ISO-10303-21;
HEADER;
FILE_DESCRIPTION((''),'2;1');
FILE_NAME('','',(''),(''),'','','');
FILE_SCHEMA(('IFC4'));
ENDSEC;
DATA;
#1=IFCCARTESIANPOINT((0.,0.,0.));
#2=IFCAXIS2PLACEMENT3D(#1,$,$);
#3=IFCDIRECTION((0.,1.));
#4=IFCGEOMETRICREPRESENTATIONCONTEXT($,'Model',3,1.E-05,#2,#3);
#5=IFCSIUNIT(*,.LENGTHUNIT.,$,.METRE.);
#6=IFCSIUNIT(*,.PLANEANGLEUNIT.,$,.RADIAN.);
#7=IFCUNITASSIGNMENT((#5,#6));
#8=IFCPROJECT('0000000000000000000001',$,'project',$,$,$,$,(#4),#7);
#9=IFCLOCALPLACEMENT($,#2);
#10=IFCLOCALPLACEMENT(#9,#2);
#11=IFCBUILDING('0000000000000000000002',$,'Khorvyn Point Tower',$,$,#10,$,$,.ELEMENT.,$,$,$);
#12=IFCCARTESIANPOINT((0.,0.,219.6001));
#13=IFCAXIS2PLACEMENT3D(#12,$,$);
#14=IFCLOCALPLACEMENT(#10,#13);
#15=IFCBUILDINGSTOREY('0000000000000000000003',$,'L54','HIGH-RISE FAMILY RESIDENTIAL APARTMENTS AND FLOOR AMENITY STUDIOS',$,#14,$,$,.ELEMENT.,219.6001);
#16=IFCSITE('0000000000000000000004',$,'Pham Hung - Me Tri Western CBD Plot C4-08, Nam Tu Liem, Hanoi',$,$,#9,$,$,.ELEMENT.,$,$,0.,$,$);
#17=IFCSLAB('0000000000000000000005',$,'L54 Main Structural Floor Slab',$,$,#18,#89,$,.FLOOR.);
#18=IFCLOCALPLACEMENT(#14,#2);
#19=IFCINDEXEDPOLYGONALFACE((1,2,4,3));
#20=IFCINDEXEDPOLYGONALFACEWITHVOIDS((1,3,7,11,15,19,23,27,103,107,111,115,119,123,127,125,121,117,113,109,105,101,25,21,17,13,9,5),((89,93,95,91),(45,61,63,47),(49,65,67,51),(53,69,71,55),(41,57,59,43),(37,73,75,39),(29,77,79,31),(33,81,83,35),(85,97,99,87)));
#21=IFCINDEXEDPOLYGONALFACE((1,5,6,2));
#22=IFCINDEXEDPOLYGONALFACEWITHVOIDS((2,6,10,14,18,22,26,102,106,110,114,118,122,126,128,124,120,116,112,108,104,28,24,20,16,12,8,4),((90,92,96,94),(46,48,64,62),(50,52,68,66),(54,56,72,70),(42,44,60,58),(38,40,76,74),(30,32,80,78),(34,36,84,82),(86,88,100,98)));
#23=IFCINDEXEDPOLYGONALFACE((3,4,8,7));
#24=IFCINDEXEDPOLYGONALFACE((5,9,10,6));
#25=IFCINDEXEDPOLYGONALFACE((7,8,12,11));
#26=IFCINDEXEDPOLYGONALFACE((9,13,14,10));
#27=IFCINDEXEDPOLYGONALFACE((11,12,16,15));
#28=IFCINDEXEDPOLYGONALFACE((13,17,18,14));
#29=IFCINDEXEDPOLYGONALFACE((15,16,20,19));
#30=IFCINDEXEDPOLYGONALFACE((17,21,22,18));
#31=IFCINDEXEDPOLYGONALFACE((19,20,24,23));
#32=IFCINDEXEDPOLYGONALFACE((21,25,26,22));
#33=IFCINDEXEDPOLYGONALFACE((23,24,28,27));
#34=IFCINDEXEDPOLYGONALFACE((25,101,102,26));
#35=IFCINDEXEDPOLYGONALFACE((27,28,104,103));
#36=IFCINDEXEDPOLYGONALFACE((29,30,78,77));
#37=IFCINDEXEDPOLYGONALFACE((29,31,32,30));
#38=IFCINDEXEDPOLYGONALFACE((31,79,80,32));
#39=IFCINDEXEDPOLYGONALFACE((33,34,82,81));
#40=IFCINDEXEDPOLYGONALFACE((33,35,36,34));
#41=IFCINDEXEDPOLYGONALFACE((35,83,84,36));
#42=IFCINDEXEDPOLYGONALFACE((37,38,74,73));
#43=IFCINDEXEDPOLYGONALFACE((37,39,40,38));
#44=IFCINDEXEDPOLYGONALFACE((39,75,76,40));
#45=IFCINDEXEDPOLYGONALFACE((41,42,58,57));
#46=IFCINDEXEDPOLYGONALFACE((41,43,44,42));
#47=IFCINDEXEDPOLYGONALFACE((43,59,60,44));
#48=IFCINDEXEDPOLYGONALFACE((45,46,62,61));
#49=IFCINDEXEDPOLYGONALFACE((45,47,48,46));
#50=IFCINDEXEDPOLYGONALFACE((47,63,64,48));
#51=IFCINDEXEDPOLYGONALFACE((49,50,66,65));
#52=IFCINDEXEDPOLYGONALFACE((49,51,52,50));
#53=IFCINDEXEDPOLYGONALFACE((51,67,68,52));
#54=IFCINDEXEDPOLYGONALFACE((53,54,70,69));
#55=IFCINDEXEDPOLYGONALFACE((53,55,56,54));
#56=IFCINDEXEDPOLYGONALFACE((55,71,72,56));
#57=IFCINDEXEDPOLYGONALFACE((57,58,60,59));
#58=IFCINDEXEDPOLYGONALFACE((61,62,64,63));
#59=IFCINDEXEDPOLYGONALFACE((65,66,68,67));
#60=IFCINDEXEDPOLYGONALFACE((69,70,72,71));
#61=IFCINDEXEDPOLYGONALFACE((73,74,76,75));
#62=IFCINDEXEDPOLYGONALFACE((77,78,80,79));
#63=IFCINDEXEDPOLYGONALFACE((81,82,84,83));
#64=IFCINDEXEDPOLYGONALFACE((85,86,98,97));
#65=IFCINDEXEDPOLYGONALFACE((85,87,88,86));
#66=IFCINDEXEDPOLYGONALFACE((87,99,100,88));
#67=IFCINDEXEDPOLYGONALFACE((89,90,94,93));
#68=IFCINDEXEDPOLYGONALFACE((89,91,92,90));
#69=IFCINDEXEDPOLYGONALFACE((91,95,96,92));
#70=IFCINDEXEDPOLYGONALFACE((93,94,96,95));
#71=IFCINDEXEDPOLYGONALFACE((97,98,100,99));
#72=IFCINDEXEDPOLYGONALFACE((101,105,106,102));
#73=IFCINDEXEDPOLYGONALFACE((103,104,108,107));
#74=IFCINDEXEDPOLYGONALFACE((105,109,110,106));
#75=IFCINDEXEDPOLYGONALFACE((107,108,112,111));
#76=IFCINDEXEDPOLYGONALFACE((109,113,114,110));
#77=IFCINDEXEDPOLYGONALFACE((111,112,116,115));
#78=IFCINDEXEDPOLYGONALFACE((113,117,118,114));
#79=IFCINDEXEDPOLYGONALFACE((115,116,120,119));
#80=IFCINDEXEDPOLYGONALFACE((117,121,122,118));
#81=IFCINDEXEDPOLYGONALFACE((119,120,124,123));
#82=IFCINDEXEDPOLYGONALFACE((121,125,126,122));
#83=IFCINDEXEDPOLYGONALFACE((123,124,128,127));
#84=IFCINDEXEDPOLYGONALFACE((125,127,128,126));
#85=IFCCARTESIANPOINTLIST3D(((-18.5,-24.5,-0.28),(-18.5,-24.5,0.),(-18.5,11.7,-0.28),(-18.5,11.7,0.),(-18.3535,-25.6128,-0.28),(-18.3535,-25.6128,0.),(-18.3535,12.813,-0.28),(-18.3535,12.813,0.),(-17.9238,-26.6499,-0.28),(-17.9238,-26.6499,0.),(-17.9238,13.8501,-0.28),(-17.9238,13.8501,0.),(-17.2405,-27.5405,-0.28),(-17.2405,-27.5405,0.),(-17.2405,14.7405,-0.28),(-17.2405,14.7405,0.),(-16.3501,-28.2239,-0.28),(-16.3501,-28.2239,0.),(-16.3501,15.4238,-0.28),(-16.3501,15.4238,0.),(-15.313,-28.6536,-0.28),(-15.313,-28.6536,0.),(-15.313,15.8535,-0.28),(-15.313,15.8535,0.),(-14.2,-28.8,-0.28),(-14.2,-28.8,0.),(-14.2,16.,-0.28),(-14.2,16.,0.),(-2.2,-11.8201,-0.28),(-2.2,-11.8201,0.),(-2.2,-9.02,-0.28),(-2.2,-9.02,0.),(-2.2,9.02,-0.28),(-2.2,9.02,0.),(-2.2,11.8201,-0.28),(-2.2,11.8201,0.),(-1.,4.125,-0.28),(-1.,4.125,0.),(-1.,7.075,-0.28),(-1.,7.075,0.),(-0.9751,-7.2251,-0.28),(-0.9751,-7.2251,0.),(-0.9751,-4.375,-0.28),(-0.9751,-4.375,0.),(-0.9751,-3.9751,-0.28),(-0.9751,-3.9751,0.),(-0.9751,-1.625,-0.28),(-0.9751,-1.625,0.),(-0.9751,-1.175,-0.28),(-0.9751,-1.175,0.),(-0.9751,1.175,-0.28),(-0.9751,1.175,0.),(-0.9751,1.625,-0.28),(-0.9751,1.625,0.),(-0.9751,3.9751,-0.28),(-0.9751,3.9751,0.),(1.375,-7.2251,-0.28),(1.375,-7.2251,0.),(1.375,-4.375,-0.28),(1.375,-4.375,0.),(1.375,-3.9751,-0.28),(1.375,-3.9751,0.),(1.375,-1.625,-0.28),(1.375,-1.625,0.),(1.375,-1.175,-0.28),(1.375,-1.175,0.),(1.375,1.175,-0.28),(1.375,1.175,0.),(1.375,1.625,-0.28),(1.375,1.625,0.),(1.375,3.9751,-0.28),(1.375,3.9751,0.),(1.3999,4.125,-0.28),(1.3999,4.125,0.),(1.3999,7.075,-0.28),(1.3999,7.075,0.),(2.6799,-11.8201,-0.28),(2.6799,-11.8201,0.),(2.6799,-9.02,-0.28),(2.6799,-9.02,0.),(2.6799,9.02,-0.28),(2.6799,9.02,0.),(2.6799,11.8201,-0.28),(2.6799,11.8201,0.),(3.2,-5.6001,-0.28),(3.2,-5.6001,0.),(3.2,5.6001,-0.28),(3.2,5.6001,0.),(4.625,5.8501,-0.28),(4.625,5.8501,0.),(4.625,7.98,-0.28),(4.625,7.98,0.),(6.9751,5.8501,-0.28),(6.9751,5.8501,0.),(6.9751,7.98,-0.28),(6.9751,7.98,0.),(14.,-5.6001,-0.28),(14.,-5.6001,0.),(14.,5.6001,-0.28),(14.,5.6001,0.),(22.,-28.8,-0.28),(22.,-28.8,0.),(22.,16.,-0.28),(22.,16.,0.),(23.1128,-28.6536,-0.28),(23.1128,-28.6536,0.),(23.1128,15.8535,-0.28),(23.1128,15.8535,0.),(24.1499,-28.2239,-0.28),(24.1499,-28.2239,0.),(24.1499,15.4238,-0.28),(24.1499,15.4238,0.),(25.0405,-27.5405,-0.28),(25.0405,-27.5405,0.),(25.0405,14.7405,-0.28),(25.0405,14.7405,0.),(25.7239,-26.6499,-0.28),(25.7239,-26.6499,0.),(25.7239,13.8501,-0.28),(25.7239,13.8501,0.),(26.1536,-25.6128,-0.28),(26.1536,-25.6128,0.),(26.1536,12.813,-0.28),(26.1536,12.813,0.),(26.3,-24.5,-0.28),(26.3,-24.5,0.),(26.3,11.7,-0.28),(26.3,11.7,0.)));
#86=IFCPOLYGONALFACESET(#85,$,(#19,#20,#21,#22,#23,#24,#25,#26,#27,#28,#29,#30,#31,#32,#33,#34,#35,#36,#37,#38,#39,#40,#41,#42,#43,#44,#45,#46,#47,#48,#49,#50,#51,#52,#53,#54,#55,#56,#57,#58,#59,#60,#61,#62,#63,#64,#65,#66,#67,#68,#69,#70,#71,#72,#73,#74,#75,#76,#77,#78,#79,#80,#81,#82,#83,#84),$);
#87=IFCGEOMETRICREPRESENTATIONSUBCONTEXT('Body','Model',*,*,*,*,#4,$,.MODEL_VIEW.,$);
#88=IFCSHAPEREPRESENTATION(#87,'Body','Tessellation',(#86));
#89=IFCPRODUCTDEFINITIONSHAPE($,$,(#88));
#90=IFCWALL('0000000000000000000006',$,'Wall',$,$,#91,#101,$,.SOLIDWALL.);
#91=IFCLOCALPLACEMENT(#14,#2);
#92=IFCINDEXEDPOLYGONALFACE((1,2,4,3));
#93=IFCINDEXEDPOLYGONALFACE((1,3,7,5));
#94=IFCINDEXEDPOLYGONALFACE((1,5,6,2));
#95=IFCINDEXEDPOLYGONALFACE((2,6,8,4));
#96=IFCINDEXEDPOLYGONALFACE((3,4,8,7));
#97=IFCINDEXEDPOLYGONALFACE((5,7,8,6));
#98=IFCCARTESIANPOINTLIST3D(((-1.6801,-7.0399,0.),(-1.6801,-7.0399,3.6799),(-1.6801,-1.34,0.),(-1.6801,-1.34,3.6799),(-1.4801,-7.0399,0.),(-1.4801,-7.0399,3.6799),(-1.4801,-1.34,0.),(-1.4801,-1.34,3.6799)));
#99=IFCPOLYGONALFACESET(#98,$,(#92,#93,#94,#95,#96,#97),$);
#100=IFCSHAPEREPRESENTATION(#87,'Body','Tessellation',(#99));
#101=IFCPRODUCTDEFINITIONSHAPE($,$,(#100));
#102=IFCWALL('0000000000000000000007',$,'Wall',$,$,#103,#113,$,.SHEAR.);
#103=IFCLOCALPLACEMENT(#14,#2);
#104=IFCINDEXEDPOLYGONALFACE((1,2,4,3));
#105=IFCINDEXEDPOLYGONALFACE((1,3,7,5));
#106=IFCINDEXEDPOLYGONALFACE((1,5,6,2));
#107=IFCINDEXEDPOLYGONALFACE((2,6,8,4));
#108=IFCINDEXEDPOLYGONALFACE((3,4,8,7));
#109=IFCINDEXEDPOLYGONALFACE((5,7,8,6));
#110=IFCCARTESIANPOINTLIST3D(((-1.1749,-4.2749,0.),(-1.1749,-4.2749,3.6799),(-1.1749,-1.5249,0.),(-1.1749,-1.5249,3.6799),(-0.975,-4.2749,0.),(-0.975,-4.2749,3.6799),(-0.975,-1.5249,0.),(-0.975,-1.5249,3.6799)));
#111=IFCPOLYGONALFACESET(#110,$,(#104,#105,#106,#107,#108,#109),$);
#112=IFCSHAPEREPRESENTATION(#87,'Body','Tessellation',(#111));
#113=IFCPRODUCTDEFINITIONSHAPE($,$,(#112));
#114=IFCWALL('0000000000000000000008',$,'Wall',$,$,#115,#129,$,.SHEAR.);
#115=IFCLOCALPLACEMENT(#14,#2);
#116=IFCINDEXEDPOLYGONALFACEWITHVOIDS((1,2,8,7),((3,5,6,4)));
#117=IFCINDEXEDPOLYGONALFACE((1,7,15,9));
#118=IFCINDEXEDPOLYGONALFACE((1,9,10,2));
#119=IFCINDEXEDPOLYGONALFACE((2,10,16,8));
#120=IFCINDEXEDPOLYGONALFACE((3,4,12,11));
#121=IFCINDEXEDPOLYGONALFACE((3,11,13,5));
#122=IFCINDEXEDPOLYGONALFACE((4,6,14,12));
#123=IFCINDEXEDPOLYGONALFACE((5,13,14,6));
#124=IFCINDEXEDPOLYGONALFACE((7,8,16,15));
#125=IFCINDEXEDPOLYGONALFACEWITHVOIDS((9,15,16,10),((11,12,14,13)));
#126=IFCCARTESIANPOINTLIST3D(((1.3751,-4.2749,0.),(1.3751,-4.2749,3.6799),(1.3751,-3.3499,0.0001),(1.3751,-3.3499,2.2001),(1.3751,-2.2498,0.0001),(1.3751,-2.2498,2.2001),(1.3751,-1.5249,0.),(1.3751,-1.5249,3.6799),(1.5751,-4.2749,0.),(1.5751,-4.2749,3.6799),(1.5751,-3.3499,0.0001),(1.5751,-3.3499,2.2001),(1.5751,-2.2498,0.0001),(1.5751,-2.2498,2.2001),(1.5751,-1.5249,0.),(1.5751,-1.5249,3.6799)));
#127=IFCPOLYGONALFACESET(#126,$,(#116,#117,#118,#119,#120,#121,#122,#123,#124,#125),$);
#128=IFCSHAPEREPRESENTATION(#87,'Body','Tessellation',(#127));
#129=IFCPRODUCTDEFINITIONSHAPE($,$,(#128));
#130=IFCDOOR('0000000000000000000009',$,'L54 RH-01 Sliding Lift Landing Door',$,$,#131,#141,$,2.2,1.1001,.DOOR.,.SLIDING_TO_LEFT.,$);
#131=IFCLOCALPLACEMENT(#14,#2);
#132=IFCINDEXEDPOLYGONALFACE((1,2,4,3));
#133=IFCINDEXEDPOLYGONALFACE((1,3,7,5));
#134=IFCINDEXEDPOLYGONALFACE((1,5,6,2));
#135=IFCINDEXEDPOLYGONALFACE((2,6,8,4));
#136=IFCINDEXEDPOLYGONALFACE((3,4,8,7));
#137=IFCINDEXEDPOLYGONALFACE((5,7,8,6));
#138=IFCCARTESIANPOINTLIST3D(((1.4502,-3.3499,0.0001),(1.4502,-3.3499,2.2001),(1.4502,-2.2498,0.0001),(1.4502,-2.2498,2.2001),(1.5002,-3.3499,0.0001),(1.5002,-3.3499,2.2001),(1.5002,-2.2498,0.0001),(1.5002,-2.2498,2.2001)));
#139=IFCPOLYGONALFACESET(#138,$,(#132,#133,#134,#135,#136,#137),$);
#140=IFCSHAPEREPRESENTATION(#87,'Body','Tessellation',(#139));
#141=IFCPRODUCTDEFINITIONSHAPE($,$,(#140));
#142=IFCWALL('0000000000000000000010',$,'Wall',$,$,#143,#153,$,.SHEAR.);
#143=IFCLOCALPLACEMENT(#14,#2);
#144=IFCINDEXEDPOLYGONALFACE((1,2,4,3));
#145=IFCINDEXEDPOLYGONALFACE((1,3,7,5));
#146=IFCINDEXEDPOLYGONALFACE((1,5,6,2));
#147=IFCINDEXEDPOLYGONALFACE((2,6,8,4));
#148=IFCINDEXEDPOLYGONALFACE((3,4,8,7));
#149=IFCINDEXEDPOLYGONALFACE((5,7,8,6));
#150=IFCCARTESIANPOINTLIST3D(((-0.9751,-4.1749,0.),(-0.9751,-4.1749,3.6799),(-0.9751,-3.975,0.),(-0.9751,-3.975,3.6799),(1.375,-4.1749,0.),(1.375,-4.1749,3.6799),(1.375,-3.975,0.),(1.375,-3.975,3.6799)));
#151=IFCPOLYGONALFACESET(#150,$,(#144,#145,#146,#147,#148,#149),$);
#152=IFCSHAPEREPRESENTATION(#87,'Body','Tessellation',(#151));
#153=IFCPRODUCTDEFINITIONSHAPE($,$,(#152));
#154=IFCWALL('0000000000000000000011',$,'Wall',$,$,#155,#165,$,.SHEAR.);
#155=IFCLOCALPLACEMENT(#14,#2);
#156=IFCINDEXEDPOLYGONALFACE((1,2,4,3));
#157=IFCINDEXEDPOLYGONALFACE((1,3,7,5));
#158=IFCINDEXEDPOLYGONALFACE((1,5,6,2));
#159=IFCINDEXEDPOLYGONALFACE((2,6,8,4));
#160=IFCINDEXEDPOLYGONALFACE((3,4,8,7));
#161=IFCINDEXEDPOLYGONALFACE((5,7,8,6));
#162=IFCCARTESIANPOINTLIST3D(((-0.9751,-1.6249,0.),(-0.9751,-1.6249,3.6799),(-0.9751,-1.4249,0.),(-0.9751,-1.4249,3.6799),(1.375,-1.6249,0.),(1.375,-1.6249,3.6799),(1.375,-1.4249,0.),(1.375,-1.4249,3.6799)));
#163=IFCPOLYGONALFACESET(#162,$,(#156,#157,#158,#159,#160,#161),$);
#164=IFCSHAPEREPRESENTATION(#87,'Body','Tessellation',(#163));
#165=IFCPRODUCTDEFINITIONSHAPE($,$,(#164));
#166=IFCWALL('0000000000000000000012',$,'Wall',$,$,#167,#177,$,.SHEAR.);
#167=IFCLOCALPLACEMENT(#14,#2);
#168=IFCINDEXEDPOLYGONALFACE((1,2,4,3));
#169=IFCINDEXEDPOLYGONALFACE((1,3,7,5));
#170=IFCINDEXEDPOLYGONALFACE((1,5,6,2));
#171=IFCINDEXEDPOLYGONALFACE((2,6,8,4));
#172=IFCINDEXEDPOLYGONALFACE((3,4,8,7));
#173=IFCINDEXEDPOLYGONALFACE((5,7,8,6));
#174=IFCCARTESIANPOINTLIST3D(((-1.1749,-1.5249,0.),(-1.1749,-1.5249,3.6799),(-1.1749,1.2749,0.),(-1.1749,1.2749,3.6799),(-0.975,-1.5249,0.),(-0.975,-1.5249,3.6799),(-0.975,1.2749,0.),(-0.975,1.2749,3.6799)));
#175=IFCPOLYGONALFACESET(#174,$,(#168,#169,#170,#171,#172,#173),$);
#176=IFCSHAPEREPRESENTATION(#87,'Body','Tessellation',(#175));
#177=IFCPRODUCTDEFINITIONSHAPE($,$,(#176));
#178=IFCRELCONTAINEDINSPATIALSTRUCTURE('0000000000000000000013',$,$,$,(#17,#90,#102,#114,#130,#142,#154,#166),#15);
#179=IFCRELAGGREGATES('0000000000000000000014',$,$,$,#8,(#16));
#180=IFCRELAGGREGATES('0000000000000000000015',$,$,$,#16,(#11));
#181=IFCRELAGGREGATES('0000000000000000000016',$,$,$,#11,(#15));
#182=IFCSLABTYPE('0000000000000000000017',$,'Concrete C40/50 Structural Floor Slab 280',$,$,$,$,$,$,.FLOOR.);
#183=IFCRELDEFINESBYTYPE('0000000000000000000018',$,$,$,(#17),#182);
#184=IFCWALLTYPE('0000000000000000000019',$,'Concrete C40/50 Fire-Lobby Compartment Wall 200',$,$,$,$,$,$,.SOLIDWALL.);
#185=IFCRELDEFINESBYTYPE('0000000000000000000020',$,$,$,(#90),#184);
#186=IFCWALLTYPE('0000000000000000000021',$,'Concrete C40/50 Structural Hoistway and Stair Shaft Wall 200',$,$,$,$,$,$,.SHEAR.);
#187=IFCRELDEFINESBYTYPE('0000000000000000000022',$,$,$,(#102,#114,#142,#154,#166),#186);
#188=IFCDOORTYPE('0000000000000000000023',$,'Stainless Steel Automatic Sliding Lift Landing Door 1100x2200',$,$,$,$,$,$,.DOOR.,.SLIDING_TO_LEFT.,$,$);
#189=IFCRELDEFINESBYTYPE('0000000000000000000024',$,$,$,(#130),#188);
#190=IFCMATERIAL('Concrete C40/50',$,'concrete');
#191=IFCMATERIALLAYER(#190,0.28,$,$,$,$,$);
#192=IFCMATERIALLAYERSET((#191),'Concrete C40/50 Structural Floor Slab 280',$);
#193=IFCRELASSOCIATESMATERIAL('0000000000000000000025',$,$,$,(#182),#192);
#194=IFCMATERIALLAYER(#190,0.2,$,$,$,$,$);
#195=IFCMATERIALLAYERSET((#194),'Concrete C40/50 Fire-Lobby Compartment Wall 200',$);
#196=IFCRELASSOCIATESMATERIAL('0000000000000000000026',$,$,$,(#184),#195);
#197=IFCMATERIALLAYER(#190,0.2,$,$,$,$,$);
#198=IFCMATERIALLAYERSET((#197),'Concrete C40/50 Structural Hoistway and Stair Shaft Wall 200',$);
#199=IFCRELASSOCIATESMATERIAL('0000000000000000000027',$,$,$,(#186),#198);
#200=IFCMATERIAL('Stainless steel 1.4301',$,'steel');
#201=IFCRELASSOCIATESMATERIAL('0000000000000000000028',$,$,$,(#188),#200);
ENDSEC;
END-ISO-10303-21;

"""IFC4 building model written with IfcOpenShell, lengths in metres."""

from ifc_helpers import new_model, si_unit, direction, frame, frame_2d, origin, place, context, subcontext, project, spatial, polyline, rectangle, outline, extrude, material, layer, layer_set, type_object, element, fill, save


model = new_model("IFC4")

# Units and contexts
model_context = context("Model", 3, precision=1e-05, world=origin(), true_north=direction((0.0, 1.0)))
body_context = subcontext(model_context, "Body", "Model", "MODEL_VIEW")
ifc_project = project(units=[si_unit("LENGTHUNIT", "METRE"), si_unit("PLANEANGLEUNIT", "RADIAN")], contexts=[model_context])

# Site, building, storey
site_placement = place(None, origin())
site = spatial("IfcSite", under=ifc_project, at=site_placement, Name="Pham Hung - Me Tri Western CBD Plot C4-08, Nam Tu Liem, Hanoi", CompositionType="ELEMENT", RefElevation=0.0)
building_placement = place(site_placement, origin())
building = spatial("IfcBuilding", under=site, at=building_placement, Name="Khorvyn Point Tower", CompositionType="ELEMENT")
storey_placement = place(building_placement, frame((0.0, 0.0, 219.6001)))
storey = spatial("IfcBuildingStorey", under=building, at=storey_placement, Name="L54", Description="HIGH-RISE FAMILY RESIDENTIAL APARTMENTS AND FLOOR AMENITY STUDIOS", CompositionType="ELEMENT", Elevation=219.6001)

# Shared definitions
ifc_material_1 = material(Name="Concrete C40/50", Category="concrete")

# Slab
ifc_layer_1 = layer(ifc_material_1, 0.28)
ifc_layer_set_1 = layer_set([ifc_layer_1], Name="Concrete C40/50 Structural Floor Slab 280")
slab_type_1 = type_object("IfcSlabType", Name="Concrete C40/50 Structural Floor Slab 280", PredefinedType="FLOOR", material=ifc_layer_set_1)
slab_1_placement = place(storey_placement, frame((0.0, 0.0, -0.28)))
element("IfcSlab", 1, at=slab_1_placement, inside=storey, type_object=slab_type_1, Name="L54 Main Structural Floor Slab", PredefinedType="FLOOR", context=body_context, shape_type="SweptSolid", body=[
    extrude(outline(polyline([(-14.2, -28.8), (-15.313, -28.6536), (-16.3501, -28.2239), (-17.2405, -27.5405), (-17.9238, -26.6499), (-18.3535, -25.6128), (-18.5, -24.5), (-18.5, 11.7), (-18.3535, 12.813), (-17.9238, 13.8501), (-17.2405, 14.7405), (-16.3501, 15.4238), (-15.313, 15.8535), (-14.2, 16.0), (22.0, 16.0), (23.1128, 15.8535), (24.1499, 15.4238), (25.0405, 14.7405), (25.7239, 13.8501), (26.1536, 12.813), (26.3, 11.7), (26.3, -24.5), (26.1536, -25.6128), (25.7239, -26.6499), (25.0405, -27.5405), (24.1499, -28.2239), (23.1128, -28.6536), (22.0, -28.8), (-14.2, -28.8)]), holes=[polyline([(2.6799, -11.8201), (2.6799, -9.02), (-2.2, -9.02), (-2.2, -11.8201), (2.6799, -11.8201)]), polyline([(1.375, -7.2251), (1.375, -4.375), (-0.9751, -4.375), (-0.9751, -7.2251), (1.375, -7.2251)]), polyline([(1.375, -3.9751), (1.375, -1.625), (-0.9751, -1.625), (-0.9751, -3.9751), (1.375, -3.9751)]), polyline([(1.375, -1.175), (1.375, 1.175), (-0.9751, 1.175), (-0.9751, -1.175), (1.375, -1.175)]), polyline([(14.0, -5.6001), (14.0, 5.6001), (3.2, 5.6001), (3.2, -5.6001), (14.0, -5.6001)]), polyline([(1.375, 1.625), (1.375, 3.9751), (-0.9751, 3.9751), (-0.9751, 1.625), (1.375, 1.625)]), polyline([(1.3999, 4.125), (1.3999, 7.075), (-1.0, 7.075), (-1.0, 4.125), (1.3999, 4.125)]), polyline([(4.625, 5.8501), (6.9751, 5.8501), (6.9751, 7.98), (4.625, 7.98), (4.625, 5.8501)]), polyline([(-2.2, 9.02), (2.6799, 9.02), (2.6799, 11.8201), (-2.2, 11.8201), (-2.2, 9.02)])]), origin(), (0.0, 0.0, 1.0), 0.28),
])

# Walls
ifc_layer_2 = layer(ifc_material_1, 0.2)
ifc_layer_set_2 = layer_set([ifc_layer_2], Name="Concrete C40/50 Fire-Lobby Compartment Wall 200")
wall_type_1 = type_object("IfcWallType", Name="Concrete C40/50 Fire-Lobby Compartment Wall 200", PredefinedType="SOLIDWALL", material=ifc_layer_set_2)
wall_1_placement = place(storey_placement, frame((-1.5801, -7.04, 0.0), z_axis=(0.0, 0.0, 1.0), x_axis=(0.0, 1.0, 0.0)))
element("IfcWall", 2, at=wall_1_placement, inside=storey, type_object=wall_type_1, Name="Wall", PredefinedType="SOLIDWALL", context=body_context, shape_type="SweptSolid", body=[
    extrude(rectangle(XDim=5.7, YDim=0.2, at=frame_2d((2.8501, 0.0))), origin(), (0.0, 0.0, 1.0), 3.6799),
])
ifc_layer_3 = layer(ifc_material_1, 0.2)
ifc_layer_set_3 = layer_set([ifc_layer_3], Name="Concrete C40/50 Structural Hoistway and Stair Shaft Wall 200")
wall_type_2 = type_object("IfcWallType", Name="Concrete C40/50 Structural Hoistway and Stair Shaft Wall 200", PredefinedType="SHEAR", material=ifc_layer_set_3)
wall_2_placement = place(storey_placement, frame((-1.075, -4.2749, 0.0), z_axis=(0.0, 0.0, 1.0), x_axis=(0.0, 1.0, 0.0)))
element("IfcWall", 3, at=wall_2_placement, inside=storey, type_object=wall_type_2, Name="Wall", PredefinedType="SHEAR", context=body_context, shape_type="SweptSolid", body=[
    extrude(rectangle(XDim=2.75, YDim=0.2, at=frame_2d((1.375, 0.0))), origin(), (0.0, 0.0, 1.0), 3.6799),
])

# Wall, opening, door
wall_3_placement = place(storey_placement, frame((1.4751, -4.2749, 0.0), z_axis=(0.0, 0.0, 1.0), x_axis=(0.0, 1.0, 0.0)))
wall_3 = element("IfcWall", 4, at=wall_3_placement, inside=storey, type_object=wall_type_2, Name="Wall", PredefinedType="SHEAR", context=body_context, shape_type="SweptSolid", body=[
    extrude(rectangle(XDim=2.75, YDim=0.2, at=frame_2d((1.375, 0.0))), origin(), (0.0, 0.0, 1.0), 3.6799),
])
opening_1_placement = place(wall_3_placement, frame((0.925, 0.0, 0.0)))
opening_1 = element("IfcOpeningElement", 5, at=opening_1_placement, cuts=wall_3, PredefinedType="OPENING", context=body_context, shape_type="SweptSolid", body=[
    extrude(rectangle(XDim=1.1001, YDim=2.2, at=frame_2d((0.55, 1.1001))), frame((0.0, 0.1099, 0.0), z_axis=(0.0, -1.0, 0.0), x_axis=(1.0, 0.0, 0.0)), (0.0, 0.0, 1.0), 0.22),
])
ifc_material_2 = material(Name="Stainless steel 1.4301", Category="steel")
door_type = type_object("IfcDoorType", Name="Stainless Steel Automatic Sliding Lift Landing Door 1100x2200", OperationType="SLIDING_TO_LEFT", PredefinedType="DOOR", material=ifc_material_2)
door_1_placement = place(opening_1_placement, origin())
door_1 = element("IfcDoor", 6, at=door_1_placement, inside=storey, type_object=door_type, Name="L54 RH-01 Sliding Lift Landing Door", OperationType="SLIDING_TO_LEFT", OverallHeight=2.2, OverallWidth=1.1001, PredefinedType="DOOR", context=body_context, shape_type="SweptSolid", body=[
    extrude(rectangle(XDim=1.1001, YDim=2.2, at=frame_2d((0.55, 1.1001))), frame((0.0, 0.0249, 0.0), z_axis=(0.0, -1.0, 0.0), x_axis=(1.0, 0.0, 0.0)), (0.0, 0.0, 1.0), 0.05),
])
fill(opening_1, door_1)

# Walls
for number, where, z_axis, x_axis, name in (
    (7, (-0.9751, -4.075, 0.0), (0.0, 0.0, 1.0), (1.0, 0.0, 0.0), "Wall"),
    (8, (-0.9751, -1.5249, 0.0), (0.0, 0.0, 1.0), (1.0, 0.0, 0.0), "Wall"),
):
    element("IfcWall", number, at=place(storey_placement, frame(where, z_axis=z_axis, x_axis=x_axis)), inside=storey, type_object=wall_type_2, Name=name, PredefinedType="SHEAR", context=body_context, shape_type="SweptSolid", body=[
        extrude(rectangle(XDim=2.3501, YDim=0.2, at=frame_2d((1.175, 0.0))), origin(), (0.0, 0.0, 1.0), 3.6799),
    ])
wall_4_placement = place(storey_placement, frame((-1.075, -1.5249, 0.0), z_axis=(0.0, 0.0, 1.0), x_axis=(0.0, 1.0, 0.0)))
element("IfcWall", 9, at=wall_4_placement, inside=storey, type_object=wall_type_2, Name="Wall", PredefinedType="SHEAR", context=body_context, shape_type="SweptSolid", body=[
    extrude(rectangle(XDim=2.7998, YDim=0.2, at=frame_2d((1.3999, 0.0))), origin(), (0.0, 0.0, 1.0), 3.6799),
])

save(model, "model.ifc")
